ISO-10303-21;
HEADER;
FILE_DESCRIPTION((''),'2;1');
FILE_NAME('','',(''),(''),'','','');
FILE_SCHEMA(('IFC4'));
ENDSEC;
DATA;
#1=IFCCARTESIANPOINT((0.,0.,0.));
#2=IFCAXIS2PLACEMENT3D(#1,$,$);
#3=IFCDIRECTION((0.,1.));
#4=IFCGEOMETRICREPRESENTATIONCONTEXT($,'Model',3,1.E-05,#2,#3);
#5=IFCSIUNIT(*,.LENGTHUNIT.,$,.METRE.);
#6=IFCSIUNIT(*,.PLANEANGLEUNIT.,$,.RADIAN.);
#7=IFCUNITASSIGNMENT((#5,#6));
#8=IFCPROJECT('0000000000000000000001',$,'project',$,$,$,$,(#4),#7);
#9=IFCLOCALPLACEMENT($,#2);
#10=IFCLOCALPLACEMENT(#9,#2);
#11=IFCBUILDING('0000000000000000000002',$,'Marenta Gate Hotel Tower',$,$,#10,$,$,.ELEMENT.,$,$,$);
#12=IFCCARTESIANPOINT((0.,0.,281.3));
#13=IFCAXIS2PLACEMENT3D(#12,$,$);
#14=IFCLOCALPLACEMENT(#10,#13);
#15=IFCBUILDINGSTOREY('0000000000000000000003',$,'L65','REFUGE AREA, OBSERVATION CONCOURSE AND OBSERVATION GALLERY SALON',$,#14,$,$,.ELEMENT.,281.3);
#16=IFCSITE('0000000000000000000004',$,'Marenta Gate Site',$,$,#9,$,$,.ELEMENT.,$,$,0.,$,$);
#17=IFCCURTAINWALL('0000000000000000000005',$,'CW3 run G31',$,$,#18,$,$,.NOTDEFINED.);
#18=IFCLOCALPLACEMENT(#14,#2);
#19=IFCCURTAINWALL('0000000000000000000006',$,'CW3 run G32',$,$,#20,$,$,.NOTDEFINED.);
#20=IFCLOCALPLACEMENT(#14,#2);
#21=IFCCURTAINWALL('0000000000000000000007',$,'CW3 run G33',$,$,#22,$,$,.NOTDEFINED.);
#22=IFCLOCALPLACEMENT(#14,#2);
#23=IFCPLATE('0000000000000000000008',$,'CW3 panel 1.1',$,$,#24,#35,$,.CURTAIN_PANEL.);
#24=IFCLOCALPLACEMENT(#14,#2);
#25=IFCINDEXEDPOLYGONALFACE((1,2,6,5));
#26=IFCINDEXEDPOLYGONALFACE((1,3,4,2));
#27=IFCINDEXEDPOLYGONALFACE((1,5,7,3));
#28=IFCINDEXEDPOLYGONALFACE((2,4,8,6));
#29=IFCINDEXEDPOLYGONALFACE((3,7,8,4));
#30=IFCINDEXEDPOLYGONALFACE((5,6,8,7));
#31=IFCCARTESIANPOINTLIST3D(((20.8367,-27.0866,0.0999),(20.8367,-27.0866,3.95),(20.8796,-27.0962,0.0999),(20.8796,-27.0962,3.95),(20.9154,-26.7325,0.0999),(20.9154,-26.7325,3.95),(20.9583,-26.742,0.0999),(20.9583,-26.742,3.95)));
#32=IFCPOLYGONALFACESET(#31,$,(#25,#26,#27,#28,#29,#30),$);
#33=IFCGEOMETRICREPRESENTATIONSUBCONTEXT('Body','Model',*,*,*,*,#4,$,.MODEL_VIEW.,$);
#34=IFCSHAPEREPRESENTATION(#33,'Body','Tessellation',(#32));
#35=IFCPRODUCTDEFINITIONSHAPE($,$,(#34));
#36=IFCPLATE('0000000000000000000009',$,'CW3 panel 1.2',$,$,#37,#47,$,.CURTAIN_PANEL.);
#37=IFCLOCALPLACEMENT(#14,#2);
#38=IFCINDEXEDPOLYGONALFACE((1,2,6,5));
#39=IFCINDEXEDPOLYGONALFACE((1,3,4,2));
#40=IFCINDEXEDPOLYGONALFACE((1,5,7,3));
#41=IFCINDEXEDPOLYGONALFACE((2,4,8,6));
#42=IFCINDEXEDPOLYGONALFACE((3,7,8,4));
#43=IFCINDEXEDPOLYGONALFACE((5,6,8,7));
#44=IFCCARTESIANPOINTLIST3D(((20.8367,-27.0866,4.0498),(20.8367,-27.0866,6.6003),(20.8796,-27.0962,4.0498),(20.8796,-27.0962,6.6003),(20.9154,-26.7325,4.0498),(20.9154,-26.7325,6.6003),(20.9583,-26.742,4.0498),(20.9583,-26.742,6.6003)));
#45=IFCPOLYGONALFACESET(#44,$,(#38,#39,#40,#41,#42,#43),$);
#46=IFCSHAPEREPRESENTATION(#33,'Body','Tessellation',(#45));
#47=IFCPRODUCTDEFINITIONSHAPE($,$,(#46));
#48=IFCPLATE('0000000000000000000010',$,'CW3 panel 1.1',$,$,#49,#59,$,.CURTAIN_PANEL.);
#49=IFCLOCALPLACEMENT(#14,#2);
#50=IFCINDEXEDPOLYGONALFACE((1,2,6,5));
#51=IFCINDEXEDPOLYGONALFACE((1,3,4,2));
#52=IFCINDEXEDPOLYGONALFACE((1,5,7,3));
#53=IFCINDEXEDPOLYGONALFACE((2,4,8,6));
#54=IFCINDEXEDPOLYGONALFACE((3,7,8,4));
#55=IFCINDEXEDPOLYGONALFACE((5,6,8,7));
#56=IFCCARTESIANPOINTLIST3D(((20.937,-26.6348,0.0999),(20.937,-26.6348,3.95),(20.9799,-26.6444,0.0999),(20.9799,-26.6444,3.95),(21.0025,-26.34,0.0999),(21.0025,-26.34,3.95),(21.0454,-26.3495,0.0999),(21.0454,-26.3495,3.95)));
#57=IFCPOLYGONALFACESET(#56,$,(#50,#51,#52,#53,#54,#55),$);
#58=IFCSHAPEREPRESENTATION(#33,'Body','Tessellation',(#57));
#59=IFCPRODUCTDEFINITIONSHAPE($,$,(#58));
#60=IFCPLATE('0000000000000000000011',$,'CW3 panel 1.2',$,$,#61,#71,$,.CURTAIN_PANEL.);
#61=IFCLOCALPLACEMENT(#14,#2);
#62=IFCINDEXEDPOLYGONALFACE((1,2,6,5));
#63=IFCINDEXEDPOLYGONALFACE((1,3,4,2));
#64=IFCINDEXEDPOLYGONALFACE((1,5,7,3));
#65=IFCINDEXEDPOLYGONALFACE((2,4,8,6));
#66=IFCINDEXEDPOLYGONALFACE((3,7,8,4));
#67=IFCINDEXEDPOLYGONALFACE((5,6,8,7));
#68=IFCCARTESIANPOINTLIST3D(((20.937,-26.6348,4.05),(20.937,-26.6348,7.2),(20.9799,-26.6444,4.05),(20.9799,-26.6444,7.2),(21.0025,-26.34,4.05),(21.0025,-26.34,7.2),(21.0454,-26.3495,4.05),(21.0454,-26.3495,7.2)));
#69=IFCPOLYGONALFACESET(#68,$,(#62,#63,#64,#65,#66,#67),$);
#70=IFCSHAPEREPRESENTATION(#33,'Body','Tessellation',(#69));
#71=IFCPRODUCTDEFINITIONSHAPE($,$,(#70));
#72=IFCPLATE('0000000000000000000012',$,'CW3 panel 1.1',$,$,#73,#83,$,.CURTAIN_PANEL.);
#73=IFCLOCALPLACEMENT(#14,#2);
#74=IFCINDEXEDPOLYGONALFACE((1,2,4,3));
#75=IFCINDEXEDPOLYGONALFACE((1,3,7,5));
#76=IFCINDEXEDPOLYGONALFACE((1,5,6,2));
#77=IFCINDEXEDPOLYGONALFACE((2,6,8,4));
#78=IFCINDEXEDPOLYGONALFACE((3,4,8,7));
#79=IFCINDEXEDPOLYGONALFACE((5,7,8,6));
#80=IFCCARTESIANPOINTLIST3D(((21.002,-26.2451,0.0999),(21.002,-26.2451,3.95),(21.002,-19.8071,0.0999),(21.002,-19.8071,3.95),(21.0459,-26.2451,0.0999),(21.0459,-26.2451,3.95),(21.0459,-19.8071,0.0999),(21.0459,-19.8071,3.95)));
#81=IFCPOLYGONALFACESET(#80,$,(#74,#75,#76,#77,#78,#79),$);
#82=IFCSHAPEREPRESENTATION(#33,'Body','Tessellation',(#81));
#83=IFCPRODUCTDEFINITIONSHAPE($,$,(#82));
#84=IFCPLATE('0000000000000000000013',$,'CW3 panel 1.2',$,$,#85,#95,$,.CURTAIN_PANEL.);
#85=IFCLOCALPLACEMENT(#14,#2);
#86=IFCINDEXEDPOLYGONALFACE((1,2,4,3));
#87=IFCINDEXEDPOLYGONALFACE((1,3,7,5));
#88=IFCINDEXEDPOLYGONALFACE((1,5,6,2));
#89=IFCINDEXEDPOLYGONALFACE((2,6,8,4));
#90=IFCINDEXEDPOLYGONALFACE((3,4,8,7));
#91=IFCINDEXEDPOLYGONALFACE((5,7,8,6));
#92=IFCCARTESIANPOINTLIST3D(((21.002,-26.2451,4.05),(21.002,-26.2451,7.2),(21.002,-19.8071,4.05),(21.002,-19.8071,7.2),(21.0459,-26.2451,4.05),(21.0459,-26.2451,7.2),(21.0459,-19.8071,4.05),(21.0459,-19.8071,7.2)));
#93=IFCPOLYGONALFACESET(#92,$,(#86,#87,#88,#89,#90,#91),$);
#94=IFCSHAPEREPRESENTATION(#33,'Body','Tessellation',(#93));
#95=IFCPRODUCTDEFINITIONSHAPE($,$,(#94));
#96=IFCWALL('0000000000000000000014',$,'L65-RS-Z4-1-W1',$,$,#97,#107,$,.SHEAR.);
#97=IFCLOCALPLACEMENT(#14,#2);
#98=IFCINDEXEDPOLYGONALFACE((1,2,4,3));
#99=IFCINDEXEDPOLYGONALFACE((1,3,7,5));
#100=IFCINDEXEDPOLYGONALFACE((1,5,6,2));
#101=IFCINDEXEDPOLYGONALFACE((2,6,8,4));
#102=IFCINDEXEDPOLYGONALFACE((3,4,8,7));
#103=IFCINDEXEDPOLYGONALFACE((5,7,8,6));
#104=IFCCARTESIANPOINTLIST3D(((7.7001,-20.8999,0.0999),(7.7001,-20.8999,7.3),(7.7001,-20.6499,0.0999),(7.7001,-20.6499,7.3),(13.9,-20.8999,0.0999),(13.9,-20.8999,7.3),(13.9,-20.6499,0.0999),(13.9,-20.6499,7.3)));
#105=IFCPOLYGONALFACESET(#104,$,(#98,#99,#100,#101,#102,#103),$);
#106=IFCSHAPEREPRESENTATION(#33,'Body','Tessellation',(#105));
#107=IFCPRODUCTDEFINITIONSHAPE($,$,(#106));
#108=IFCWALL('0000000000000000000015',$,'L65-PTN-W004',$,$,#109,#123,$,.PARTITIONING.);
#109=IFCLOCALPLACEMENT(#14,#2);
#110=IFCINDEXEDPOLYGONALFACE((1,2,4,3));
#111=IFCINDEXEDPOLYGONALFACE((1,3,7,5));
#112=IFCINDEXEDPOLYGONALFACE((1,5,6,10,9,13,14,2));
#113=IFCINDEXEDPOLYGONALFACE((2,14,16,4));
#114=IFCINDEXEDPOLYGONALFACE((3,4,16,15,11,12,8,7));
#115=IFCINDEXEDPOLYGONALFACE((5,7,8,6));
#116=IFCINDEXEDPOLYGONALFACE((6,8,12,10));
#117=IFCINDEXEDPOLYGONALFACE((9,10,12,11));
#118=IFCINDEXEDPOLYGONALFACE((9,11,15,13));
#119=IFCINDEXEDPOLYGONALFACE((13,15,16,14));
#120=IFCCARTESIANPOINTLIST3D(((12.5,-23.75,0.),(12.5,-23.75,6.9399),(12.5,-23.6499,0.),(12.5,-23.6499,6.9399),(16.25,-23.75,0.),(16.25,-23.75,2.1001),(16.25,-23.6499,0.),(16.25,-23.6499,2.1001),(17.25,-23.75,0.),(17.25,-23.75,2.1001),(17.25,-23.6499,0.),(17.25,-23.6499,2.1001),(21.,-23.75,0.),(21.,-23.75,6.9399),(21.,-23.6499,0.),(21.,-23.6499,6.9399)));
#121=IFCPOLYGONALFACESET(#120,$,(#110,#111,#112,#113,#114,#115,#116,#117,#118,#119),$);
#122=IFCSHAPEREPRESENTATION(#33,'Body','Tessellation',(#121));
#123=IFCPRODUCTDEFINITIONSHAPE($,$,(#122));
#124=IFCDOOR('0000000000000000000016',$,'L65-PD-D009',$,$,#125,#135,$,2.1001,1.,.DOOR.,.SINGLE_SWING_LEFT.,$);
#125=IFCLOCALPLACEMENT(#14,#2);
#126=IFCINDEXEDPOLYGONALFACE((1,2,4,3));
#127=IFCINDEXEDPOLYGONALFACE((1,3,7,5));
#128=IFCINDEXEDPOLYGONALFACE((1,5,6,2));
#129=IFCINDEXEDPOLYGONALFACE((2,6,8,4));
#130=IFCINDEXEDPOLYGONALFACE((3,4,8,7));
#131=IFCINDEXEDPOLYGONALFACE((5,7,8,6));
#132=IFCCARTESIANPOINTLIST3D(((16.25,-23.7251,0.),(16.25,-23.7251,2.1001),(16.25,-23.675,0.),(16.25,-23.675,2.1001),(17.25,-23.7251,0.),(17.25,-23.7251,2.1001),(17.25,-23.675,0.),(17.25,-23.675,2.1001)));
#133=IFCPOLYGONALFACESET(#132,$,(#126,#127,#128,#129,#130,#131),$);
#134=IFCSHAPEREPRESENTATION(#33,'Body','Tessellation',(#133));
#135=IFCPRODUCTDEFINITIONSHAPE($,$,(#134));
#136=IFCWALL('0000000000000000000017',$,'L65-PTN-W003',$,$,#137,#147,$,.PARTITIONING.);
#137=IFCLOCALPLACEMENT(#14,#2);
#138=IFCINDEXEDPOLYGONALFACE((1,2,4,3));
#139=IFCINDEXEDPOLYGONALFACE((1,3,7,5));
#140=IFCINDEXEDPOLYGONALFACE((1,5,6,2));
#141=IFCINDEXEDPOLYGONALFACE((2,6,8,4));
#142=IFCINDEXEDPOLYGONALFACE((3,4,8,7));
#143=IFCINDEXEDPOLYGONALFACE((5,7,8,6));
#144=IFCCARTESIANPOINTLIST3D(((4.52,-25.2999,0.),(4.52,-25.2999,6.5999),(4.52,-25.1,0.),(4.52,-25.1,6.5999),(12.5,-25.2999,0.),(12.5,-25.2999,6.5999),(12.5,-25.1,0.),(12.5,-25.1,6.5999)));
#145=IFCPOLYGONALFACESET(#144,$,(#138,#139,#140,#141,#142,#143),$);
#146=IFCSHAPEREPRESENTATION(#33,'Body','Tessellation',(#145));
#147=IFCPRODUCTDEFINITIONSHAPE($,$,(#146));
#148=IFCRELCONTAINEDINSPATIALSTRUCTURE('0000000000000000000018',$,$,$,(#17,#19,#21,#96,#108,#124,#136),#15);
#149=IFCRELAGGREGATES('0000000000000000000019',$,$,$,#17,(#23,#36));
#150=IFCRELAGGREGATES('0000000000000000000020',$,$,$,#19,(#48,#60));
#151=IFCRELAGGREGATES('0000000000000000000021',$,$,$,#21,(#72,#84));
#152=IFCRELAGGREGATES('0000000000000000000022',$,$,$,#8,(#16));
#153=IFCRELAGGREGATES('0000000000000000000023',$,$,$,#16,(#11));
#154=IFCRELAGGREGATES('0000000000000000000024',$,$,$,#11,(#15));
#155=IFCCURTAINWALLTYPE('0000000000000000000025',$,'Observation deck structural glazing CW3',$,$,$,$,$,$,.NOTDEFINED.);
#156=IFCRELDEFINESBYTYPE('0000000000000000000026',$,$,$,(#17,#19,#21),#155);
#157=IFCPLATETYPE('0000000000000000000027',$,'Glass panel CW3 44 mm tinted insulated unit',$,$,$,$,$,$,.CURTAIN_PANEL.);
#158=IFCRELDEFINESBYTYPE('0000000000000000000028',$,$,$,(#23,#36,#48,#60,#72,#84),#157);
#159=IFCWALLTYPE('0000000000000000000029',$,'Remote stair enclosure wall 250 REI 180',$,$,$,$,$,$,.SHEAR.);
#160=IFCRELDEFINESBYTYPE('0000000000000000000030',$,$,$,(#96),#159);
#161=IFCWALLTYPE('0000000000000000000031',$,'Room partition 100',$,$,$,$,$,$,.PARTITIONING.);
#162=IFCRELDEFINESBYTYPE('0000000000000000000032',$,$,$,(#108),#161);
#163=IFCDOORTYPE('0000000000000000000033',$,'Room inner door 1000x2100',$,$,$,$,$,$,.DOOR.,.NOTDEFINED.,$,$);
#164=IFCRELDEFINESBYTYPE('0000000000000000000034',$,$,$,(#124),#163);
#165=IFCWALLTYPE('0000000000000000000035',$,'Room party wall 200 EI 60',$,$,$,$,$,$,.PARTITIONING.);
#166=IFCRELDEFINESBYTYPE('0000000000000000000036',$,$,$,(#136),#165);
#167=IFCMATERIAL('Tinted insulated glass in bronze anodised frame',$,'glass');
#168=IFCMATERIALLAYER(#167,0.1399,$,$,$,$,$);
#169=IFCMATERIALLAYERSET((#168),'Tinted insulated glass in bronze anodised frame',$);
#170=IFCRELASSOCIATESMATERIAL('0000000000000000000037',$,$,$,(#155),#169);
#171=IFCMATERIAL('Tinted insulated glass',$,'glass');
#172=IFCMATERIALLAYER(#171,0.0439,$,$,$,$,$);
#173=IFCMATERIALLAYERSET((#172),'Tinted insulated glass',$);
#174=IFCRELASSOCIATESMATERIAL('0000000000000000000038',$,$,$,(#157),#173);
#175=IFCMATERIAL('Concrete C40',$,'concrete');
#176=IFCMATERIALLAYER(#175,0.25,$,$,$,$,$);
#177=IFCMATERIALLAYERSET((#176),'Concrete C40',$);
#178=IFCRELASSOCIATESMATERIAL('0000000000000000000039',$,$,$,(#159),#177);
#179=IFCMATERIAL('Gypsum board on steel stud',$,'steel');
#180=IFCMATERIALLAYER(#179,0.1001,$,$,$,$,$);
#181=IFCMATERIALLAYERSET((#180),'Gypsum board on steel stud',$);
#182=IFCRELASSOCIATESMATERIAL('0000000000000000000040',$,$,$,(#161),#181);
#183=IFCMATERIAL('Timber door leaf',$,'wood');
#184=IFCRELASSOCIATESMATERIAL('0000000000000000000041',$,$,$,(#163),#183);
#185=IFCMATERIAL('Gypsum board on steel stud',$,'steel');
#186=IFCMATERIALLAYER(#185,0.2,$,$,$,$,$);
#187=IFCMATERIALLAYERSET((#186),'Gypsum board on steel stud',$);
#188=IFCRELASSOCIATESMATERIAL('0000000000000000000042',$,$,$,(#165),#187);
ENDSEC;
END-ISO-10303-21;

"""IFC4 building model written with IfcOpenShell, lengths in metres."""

from ifc_helpers import new_model, si_unit, direction, frame, frame_2d, origin, origin_2d, place, context, subcontext, project, spatial, rectangle, extrude, material, layer, layer_set, type_object, element, fill, aggregate, save


model = new_model("IFC4")

# Units and contexts
model_context = context("Model", 3, precision=1e-05, world=origin(), true_north=direction((0.0, 1.0)))
body_context = subcontext(model_context, "Body", "Model", "MODEL_VIEW")
ifc_project = project(units=[si_unit("LENGTHUNIT", "METRE"), si_unit("PLANEANGLEUNIT", "RADIAN")], contexts=[model_context])

# Site, building, storey
site_placement = place(None, origin())
site = spatial("IfcSite", under=ifc_project, at=site_placement, Name="Marenta Gate Site", CompositionType="ELEMENT", RefElevation=0.0)
building_placement = place(site_placement, origin())
building = spatial("IfcBuilding", under=site, at=building_placement, Name="Marenta Gate Hotel Tower", CompositionType="ELEMENT")
storey_placement = place(building_placement, frame((0.0, 0.0, 281.3)))
storey = spatial("IfcBuildingStorey", under=building, at=storey_placement, Name="L65", Description="REFUGE AREA, OBSERVATION CONCOURSE AND OBSERVATION GALLERY SALON", CompositionType="ELEMENT", Elevation=281.3)

# Curtain walls
ifc_material_1 = material(Name="Tinted insulated glass in bronze anodised frame", Category="glass")
ifc_layer_1 = layer(ifc_material_1, 0.1399)
ifc_layer_set_1 = layer_set([ifc_layer_1], Name="Tinted insulated glass in bronze anodised frame")
curtain_wall_type = type_object("IfcCurtainWallType", Name="Observation deck structural glazing CW3", PredefinedType="NOTDEFINED", material=ifc_layer_set_1)
curtain_wall_1_placement = place(storey_placement, origin())
curtain_wall_1 = element("IfcCurtainWall", 1, at=curtain_wall_1_placement, inside=storey, type_object=curtain_wall_type, Name="CW3 run G31", PredefinedType="NOTDEFINED")
curtain_wall_2_placement = place(storey_placement, origin())
curtain_wall_2 = element("IfcCurtainWall", 2, at=curtain_wall_2_placement, inside=storey, type_object=curtain_wall_type, Name="CW3 run G32", PredefinedType="NOTDEFINED")
curtain_wall_3_placement = place(storey_placement, origin())
curtain_wall_3 = element("IfcCurtainWall", 3, at=curtain_wall_3_placement, inside=storey, type_object=curtain_wall_type, Name="CW3 run G33", PredefinedType="NOTDEFINED")

# Plates
ifc_material_2 = material(Name="Tinted insulated glass", Category="glass")
ifc_layer_2 = layer(ifc_material_2, 0.0439)
ifc_layer_set_2 = layer_set([ifc_layer_2], Name="Tinted insulated glass")
plate_type = type_object("IfcPlateType", Name="Glass panel CW3 44 mm tinted insulated unit", PredefinedType="CURTAIN_PANEL", material=ifc_layer_set_2)
plate_1_placement = place(storey_placement, frame((20.8975, -26.9143, 0.0999), z_axis=(0.0, 0.0, 1.0), x_axis=(0.21693, 0.976187, 0.0)))
plate_1 = element("IfcPlate", 4, at=plate_1_placement, type_object=plate_type, Name="CW3 panel 1.1", PredefinedType="CURTAIN_PANEL", context=body_context, shape_type="SweptSolid", body=[
    extrude(rectangle(XDim=0.3628, YDim=0.0439, at=origin_2d()), origin(), (0.0, 0.0, 1.0), 3.8501),
])
plate_2_placement = place(storey_placement, frame((20.8975, -26.9143, 4.0498), z_axis=(0.0, 0.0, 1.0), x_axis=(0.21693, 0.976187, 0.0)))
plate_2 = element("IfcPlate", 5, at=plate_2_placement, type_object=plate_type, Name="CW3 panel 1.2", PredefinedType="CURTAIN_PANEL", context=body_context, shape_type="SweptSolid", body=[
    extrude(rectangle(XDim=0.3628, YDim=0.0439, at=origin_2d()), origin(), (0.0, 0.0, 1.0), 2.5505),
])
aggregate(curtain_wall_1, [plate_1, plate_2])
plate_3_placement = place(storey_placement, frame((20.9912, -26.4922, 0.0999), z_axis=(0.0, 0.0, 1.0), x_axis=(0.216746, 0.976228, 0.0)))
plate_3 = element("IfcPlate", 6, at=plate_3_placement, type_object=plate_type, Name="CW3 panel 1.1", PredefinedType="CURTAIN_PANEL", context=body_context, shape_type="SweptSolid", body=[
    extrude(rectangle(XDim=0.302, YDim=0.0439, at=origin_2d()), origin(), (0.0, 0.0, 1.0), 3.8501),
])
plate_4_placement = place(storey_placement, frame((20.9912, -26.4922, 4.05), z_axis=(0.0, 0.0, 1.0), x_axis=(0.216746, 0.976228, 0.0)))
plate_4 = element("IfcPlate", 7, at=plate_4_placement, type_object=plate_type, Name="CW3 panel 1.2", PredefinedType="CURTAIN_PANEL", context=body_context, shape_type="SweptSolid", body=[
    extrude(rectangle(XDim=0.302, YDim=0.0439, at=origin_2d()), origin(), (0.0, 0.0, 1.0), 3.1499),
])
aggregate(curtain_wall_2, [plate_3, plate_4])
plate_5_placement = place(storey_placement, frame((21.0239, -23.0261, 0.0999), z_axis=(0.0, 0.0, 1.0), x_axis=(0.0, 1.0, 0.0)))
plate_5 = element("IfcPlate", 8, at=plate_5_placement, type_object=plate_type, Name="CW3 panel 1.1", PredefinedType="CURTAIN_PANEL", context=body_context, shape_type="SweptSolid", body=[
    extrude(rectangle(XDim=6.438, YDim=0.0439, at=origin_2d()), origin(), (0.0, 0.0, 1.0), 3.8501),
])
plate_6_placement = place(storey_placement, frame((21.0239, -23.0261, 4.05), z_axis=(0.0, 0.0, 1.0), x_axis=(0.0, 1.0, 0.0)))
plate_6 = element("IfcPlate", 9, at=plate_6_placement, type_object=plate_type, Name="CW3 panel 1.2", PredefinedType="CURTAIN_PANEL", context=body_context, shape_type="SweptSolid", body=[
    extrude(rectangle(XDim=6.438, YDim=0.0439, at=origin_2d()), origin(), (0.0, 0.0, 1.0), 3.1499),
])
aggregate(curtain_wall_3, [plate_5, plate_6])

# Wall
ifc_material_3 = material(Name="Concrete C40", Category="concrete")
ifc_layer_3 = layer(ifc_material_3, 0.25)
ifc_layer_set_3 = layer_set([ifc_layer_3], Name="Concrete C40")
wall_type_1 = type_object("IfcWallType", Name="Remote stair enclosure wall 250 REI 180", PredefinedType="SHEAR", material=ifc_layer_set_3)
wall_1_placement = place(storey_placement, frame((7.7, -20.7749, 0.0999), z_axis=(0.0, 0.0, 1.0), x_axis=(1.0, 0.0, 0.0)))
element("IfcWall", 10, at=wall_1_placement, inside=storey, type_object=wall_type_1, Name="L65-RS-Z4-1-W1", PredefinedType="SHEAR", context=body_context, shape_type="SweptSolid", body=[
    extrude(rectangle(XDim=6.2, YDim=0.25, at=frame_2d((3.1001, 0.0))), origin(), (0.0, 0.0, 1.0), 7.2002),
])

# Wall, opening, door
ifc_material_4 = material(Name="Gypsum board on steel stud", Category="steel")
ifc_layer_4 = layer(ifc_material_4, 0.1001)
ifc_layer_set_4 = layer_set([ifc_layer_4], Name="Gypsum board on steel stud")
wall_type_2 = type_object("IfcWallType", Name="Room partition 100", PredefinedType="PARTITIONING", material=ifc_layer_set_4)
wall_2_placement = place(storey_placement, frame((12.5, -23.7, 0.0), z_axis=(0.0, 0.0, 1.0), x_axis=(1.0, 0.0, 0.0)))
wall_2 = element("IfcWall", 11, at=wall_2_placement, inside=storey, type_object=wall_type_2, Name="L65-PTN-W004", PredefinedType="PARTITIONING", context=body_context, shape_type="SweptSolid", body=[
    extrude(rectangle(XDim=8.5, YDim=0.1001, at=frame_2d((4.25, 0.0))), origin(), (0.0, 0.0, 1.0), 6.9399),
])
opening_placement = place(wall_2_placement, frame((3.75, 0.0, 0.0)))
opening = element("IfcOpeningElement", 12, at=opening_placement, cuts=wall_2, PredefinedType="OPENING", context=body_context, shape_type="SweptSolid", body=[
    extrude(rectangle(XDim=1.0, YDim=2.1001, at=frame_2d((0.5, 1.05))), frame((0.0, 0.05, 0.0), z_axis=(0.0, -1.0, 0.0), x_axis=(1.0, 0.0, 0.0)), (0.0, 0.0, 1.0), 0.1001),
])
ifc_material_5 = material(Name="Timber door leaf", Category="wood")
door_type = type_object("IfcDoorType", Name="Room inner door 1000x2100", OperationType="NOTDEFINED", PredefinedType="DOOR", material=ifc_material_5)
door_placement = place(opening_placement, origin())
door = element("IfcDoor", 13, at=door_placement, inside=storey, type_object=door_type, Name="L65-PD-D009", OperationType="SINGLE_SWING_LEFT", OverallHeight=2.1001, OverallWidth=1.0, PredefinedType="DOOR", context=body_context, shape_type="SweptSolid", body=[
    extrude(rectangle(XDim=1.0, YDim=2.1001, at=frame_2d((0.5, 1.05))), frame((0.0, 0.0249, 0.0), z_axis=(0.0, -1.0, 0.0), x_axis=(1.0, 0.0, 0.0)), (0.0, 0.0, 1.0), 0.05),
])
fill(opening, door)

# Wall
ifc_material_6 = material(Name="Gypsum board on steel stud", Category="steel")
ifc_layer_5 = layer(ifc_material_6, 0.2)
ifc_layer_set_5 = layer_set([ifc_layer_5], Name="Gypsum board on steel stud")
wall_type_3 = type_object("IfcWallType", Name="Room party wall 200 EI 60", PredefinedType="PARTITIONING", material=ifc_layer_set_5)
wall_3_placement = place(storey_placement, frame((4.52, -25.2, 0.0), z_axis=(0.0, 0.0, 1.0), x_axis=(1.0, 0.0, 0.0)))
element("IfcWall", 14, at=wall_3_placement, inside=storey, type_object=wall_type_3, Name="L65-PTN-W003", PredefinedType="PARTITIONING", context=body_context, shape_type="SweptSolid", body=[
    extrude(rectangle(XDim=7.98, YDim=0.2, at=frame_2d((3.99, 0.0))), origin(), (0.0, 0.0, 1.0), 6.5999),
])

save(model, "model.ifc")
